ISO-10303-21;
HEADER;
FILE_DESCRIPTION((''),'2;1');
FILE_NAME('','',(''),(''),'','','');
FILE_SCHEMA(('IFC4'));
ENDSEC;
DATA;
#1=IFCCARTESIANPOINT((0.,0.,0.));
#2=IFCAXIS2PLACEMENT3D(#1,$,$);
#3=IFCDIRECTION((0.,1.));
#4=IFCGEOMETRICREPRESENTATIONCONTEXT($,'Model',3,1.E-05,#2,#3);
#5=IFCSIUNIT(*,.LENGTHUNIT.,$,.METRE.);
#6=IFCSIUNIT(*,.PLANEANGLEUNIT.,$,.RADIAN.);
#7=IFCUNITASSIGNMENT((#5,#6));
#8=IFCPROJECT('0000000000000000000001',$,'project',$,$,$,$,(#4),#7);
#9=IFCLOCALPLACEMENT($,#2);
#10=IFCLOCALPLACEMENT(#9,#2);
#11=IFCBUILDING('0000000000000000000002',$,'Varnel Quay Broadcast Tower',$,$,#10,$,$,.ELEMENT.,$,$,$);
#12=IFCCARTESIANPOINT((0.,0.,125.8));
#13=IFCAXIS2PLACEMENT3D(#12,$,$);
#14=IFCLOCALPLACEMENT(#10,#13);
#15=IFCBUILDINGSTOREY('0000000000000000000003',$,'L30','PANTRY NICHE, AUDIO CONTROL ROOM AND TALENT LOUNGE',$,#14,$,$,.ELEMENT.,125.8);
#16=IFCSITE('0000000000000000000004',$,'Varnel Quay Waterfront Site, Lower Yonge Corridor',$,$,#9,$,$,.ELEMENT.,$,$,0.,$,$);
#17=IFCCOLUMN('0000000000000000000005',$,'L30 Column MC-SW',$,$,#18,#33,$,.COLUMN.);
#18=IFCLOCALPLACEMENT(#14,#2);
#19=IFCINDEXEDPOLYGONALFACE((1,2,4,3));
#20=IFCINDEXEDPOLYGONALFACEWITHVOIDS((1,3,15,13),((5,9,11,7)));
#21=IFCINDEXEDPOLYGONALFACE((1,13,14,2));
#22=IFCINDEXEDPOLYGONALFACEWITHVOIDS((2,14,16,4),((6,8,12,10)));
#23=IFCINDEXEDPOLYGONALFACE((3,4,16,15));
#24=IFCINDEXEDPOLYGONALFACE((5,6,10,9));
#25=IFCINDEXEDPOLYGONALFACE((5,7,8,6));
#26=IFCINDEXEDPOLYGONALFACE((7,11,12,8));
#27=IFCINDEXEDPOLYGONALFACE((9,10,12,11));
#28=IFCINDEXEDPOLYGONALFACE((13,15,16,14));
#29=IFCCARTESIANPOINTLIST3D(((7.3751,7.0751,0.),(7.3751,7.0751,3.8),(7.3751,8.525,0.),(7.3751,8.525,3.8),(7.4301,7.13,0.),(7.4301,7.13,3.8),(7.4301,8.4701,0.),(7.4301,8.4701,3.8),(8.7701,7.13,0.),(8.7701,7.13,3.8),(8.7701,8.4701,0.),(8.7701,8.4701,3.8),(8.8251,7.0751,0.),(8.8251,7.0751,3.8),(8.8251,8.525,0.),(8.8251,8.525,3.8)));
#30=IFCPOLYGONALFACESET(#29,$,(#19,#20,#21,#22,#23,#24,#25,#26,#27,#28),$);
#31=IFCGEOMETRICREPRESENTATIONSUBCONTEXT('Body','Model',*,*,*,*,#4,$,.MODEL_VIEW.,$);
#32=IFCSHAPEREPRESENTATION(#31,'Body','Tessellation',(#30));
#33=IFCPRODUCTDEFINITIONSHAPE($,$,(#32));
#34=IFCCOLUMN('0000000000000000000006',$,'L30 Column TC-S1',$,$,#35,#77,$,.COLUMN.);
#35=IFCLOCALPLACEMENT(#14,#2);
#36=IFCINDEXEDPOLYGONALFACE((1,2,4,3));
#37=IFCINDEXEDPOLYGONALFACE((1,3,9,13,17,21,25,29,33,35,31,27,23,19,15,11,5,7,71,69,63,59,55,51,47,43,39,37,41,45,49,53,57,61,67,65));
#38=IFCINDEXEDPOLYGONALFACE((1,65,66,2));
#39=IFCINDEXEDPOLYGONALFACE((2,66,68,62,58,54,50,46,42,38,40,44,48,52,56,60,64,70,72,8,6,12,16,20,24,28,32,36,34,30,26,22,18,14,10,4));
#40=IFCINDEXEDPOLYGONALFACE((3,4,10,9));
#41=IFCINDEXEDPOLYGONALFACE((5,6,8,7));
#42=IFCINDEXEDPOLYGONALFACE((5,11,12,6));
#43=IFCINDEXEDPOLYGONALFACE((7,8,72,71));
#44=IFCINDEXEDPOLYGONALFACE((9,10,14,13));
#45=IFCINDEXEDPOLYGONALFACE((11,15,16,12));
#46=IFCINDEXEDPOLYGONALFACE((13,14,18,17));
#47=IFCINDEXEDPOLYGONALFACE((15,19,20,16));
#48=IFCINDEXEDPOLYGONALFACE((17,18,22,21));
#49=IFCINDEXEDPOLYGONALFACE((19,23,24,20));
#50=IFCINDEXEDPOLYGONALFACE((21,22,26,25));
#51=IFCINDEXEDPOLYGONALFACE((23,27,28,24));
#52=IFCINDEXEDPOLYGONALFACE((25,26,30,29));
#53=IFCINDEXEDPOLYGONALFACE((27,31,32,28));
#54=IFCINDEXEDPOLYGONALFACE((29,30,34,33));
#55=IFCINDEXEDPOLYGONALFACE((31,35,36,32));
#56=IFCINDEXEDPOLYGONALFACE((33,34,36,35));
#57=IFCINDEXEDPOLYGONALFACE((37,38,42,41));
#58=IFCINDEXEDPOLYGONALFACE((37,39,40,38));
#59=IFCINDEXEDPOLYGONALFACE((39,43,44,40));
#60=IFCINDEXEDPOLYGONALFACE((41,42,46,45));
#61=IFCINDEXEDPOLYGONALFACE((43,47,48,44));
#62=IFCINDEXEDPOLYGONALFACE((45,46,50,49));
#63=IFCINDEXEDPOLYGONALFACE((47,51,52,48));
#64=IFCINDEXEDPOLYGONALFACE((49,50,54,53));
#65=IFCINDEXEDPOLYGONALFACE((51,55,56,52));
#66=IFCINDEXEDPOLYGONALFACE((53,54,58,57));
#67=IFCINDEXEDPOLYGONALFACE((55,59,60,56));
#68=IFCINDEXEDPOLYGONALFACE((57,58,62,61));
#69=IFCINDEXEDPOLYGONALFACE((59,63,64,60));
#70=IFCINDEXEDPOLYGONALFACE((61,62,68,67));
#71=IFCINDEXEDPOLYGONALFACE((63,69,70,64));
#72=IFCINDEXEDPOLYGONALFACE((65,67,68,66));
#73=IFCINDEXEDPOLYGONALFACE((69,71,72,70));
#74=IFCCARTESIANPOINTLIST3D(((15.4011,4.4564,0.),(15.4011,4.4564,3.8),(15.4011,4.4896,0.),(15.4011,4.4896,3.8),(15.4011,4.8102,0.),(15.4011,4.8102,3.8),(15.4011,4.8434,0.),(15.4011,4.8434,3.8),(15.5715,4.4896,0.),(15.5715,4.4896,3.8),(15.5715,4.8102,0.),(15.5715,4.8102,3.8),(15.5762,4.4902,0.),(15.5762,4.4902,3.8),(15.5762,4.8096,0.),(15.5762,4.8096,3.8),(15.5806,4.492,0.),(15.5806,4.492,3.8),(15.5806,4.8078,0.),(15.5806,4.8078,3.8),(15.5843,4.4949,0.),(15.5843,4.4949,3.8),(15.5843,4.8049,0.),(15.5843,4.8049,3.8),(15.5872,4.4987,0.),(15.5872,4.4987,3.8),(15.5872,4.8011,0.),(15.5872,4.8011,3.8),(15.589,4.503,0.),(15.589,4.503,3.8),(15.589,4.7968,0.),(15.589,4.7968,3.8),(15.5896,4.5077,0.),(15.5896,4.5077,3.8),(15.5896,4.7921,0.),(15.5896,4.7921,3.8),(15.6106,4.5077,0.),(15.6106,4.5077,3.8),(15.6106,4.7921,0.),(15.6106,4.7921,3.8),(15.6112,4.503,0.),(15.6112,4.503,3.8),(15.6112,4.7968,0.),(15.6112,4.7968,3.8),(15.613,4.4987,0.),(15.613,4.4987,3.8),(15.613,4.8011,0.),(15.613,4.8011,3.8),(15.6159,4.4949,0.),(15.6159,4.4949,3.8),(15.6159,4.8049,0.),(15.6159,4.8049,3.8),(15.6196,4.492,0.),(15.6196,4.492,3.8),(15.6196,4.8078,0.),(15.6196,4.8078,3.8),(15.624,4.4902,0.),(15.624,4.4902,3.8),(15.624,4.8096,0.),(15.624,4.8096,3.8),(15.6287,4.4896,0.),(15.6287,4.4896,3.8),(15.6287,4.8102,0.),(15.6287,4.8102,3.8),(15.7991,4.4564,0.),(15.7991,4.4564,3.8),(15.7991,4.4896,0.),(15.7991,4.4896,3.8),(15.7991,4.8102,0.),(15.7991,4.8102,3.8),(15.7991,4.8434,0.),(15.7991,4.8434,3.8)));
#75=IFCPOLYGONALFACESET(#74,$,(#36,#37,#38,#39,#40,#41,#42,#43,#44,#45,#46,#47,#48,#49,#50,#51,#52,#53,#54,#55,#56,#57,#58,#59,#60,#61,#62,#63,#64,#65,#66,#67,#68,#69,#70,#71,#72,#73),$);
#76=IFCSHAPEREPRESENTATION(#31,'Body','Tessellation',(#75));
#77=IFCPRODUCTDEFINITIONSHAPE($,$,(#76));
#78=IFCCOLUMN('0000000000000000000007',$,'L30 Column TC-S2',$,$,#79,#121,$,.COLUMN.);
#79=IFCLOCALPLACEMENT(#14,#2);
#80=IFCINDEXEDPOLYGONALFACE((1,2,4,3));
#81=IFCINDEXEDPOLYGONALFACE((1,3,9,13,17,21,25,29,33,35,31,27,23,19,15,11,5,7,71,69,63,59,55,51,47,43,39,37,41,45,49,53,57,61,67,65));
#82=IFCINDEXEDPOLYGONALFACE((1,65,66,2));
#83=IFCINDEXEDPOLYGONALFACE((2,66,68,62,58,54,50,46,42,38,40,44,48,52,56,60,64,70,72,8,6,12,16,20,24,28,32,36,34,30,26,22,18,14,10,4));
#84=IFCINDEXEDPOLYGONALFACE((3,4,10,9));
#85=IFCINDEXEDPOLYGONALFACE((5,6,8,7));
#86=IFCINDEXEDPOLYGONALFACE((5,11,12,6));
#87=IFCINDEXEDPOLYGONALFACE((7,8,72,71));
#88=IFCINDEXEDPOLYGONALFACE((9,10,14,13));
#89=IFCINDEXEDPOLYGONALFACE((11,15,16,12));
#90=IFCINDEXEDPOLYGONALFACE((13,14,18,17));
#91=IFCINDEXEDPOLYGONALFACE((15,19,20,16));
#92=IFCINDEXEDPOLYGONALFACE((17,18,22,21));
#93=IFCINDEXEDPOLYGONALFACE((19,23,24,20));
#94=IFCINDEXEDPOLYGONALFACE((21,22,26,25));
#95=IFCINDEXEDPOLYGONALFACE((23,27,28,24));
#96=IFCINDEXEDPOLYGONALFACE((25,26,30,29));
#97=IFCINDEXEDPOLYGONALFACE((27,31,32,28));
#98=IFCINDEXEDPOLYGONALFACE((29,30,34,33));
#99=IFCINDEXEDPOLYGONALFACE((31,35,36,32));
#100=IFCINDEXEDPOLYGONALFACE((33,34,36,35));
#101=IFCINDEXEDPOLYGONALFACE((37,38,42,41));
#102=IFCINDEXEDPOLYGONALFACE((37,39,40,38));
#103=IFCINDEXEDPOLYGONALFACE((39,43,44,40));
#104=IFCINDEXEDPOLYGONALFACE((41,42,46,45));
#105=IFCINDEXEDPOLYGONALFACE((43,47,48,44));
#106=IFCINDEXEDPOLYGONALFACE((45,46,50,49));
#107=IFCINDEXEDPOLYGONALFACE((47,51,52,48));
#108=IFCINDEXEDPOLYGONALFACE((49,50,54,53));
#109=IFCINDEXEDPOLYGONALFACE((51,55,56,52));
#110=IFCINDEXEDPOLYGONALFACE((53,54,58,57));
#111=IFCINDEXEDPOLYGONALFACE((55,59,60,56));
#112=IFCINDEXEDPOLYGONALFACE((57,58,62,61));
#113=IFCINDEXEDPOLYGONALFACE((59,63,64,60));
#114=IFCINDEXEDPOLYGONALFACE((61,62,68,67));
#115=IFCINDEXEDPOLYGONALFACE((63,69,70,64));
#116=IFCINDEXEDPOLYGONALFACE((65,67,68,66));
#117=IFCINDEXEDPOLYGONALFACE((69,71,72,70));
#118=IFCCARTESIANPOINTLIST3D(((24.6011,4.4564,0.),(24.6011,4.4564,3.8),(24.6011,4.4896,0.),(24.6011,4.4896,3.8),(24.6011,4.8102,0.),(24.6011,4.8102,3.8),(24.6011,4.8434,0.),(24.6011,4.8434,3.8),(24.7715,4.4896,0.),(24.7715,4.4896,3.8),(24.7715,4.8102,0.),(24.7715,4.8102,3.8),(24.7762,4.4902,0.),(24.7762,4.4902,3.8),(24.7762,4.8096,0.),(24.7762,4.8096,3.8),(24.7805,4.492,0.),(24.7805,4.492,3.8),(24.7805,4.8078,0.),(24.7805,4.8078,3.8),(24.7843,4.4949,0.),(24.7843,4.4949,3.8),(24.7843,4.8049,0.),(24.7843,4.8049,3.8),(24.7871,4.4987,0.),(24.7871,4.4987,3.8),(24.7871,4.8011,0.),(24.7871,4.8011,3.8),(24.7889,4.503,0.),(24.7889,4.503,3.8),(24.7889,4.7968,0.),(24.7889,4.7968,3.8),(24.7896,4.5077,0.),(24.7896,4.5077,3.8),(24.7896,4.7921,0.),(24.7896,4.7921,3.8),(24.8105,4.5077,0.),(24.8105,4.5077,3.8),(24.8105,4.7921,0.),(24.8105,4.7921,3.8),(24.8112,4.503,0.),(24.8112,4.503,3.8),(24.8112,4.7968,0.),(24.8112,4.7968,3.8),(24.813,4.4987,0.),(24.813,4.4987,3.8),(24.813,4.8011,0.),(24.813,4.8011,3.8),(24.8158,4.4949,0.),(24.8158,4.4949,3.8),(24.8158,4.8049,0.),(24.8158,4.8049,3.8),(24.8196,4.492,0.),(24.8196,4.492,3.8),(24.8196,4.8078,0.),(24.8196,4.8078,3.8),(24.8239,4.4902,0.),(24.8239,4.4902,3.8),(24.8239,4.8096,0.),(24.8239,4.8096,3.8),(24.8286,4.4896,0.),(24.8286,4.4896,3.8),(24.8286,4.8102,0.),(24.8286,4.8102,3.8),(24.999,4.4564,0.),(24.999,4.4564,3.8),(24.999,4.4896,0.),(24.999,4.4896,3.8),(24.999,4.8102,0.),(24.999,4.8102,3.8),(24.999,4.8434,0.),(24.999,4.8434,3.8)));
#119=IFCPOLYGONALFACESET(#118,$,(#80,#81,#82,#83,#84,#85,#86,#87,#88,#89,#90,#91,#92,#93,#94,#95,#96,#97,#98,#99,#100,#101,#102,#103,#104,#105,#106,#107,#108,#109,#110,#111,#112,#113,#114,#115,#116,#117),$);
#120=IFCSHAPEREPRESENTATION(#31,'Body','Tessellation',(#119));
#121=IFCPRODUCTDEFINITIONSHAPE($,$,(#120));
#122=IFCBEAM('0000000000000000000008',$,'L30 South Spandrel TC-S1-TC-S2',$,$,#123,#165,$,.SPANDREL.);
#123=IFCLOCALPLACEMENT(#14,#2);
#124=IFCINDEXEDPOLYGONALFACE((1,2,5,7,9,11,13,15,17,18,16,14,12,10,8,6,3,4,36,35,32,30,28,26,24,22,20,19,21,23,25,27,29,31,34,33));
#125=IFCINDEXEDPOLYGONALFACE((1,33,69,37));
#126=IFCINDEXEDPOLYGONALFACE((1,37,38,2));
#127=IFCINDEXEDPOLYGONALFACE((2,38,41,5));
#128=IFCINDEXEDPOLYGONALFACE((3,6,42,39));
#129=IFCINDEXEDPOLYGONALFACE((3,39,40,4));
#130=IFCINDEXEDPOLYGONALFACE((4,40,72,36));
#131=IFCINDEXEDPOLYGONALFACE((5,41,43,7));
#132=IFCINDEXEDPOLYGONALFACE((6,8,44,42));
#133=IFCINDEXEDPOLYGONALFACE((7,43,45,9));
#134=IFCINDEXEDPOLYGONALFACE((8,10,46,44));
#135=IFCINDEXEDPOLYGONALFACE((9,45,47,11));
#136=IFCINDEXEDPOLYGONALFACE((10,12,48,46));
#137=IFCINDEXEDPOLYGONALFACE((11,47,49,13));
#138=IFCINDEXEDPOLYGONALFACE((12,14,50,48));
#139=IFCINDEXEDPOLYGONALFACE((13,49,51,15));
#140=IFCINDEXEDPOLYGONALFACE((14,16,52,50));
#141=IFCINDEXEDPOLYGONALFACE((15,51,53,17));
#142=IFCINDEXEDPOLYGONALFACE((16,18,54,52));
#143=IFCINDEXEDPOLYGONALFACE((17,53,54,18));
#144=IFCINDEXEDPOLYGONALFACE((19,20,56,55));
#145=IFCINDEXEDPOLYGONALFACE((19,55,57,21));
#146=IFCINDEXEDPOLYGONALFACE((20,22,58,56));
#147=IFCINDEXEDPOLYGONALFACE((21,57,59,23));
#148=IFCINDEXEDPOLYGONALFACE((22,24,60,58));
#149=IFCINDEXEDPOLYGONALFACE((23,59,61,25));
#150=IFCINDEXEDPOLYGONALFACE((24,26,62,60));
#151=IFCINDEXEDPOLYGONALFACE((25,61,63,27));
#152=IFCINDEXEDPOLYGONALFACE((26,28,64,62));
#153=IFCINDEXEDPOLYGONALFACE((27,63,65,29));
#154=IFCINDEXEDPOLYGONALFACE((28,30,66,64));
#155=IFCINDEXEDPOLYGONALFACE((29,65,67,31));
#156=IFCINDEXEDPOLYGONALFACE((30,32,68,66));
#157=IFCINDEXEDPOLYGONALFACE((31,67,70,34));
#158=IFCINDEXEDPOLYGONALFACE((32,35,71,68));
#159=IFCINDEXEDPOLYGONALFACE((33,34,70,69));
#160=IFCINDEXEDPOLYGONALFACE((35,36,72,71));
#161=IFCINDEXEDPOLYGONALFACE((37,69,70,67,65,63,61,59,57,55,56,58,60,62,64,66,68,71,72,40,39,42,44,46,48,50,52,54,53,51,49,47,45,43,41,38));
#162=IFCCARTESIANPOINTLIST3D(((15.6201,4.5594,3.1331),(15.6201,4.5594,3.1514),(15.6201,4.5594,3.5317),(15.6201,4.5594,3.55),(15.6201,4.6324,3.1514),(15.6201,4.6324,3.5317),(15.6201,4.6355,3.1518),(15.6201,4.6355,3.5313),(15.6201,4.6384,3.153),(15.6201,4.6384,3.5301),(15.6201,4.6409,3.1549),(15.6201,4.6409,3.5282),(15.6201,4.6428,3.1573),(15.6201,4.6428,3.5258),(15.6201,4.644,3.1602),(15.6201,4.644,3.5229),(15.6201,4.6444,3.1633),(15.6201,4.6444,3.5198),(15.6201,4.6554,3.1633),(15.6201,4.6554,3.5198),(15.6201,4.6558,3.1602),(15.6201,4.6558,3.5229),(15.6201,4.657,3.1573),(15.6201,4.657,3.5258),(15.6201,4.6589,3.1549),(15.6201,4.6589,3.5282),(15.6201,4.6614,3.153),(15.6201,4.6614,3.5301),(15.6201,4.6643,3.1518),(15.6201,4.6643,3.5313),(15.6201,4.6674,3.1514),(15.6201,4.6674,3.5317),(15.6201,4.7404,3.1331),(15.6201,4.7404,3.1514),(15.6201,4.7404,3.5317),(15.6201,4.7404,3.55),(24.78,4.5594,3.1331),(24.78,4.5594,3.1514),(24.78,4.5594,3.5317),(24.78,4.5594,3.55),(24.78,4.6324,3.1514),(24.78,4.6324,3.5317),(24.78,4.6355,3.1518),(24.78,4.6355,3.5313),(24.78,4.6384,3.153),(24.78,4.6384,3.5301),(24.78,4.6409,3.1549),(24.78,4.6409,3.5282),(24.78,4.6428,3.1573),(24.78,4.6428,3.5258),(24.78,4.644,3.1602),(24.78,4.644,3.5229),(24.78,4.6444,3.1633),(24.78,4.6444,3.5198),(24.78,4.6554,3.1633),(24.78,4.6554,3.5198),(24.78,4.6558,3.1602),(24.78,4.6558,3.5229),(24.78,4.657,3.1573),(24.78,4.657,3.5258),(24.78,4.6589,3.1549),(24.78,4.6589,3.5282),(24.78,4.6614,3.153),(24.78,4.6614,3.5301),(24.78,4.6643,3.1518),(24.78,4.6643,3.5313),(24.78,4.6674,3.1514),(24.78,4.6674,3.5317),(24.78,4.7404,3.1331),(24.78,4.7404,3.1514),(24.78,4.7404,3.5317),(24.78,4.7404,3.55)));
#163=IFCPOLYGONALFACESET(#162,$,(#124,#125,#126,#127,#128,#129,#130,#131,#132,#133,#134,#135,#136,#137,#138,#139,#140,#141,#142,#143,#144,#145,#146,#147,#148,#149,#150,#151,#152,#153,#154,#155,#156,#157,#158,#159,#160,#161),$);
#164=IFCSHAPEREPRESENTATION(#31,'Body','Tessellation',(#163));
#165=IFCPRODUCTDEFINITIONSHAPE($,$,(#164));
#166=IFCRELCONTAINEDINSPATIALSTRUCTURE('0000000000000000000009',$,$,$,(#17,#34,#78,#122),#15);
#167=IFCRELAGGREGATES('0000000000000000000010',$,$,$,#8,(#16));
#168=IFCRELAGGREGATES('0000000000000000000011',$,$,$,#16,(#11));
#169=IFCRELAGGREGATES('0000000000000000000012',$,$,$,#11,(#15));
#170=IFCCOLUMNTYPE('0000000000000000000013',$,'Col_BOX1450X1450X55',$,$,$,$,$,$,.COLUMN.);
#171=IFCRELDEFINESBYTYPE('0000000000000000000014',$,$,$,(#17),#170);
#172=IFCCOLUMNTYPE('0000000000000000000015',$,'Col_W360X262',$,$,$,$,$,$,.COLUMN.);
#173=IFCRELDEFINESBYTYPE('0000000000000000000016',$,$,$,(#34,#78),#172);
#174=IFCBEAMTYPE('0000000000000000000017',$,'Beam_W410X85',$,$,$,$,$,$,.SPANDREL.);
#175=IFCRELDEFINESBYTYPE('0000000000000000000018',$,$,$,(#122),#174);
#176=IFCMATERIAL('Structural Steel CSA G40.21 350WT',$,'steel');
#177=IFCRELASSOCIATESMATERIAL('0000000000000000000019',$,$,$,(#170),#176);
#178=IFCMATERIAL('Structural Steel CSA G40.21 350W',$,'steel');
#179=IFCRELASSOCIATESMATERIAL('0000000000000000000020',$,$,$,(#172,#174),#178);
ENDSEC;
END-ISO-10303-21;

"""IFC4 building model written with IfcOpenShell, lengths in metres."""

from ifc_helpers import new_model, si_unit, direction, frame, origin, origin_2d, place, context, subcontext, project, spatial, hollow_rectangle, i_section, extrude, source, transform, mapped, material, material_profile, profile_set, type_object, type_shapes, element, save


model = new_model("IFC4")

# Units and contexts
model_context = context("Model", 3, precision=1e-05, world=origin(), true_north=direction((0.0, 1.0)))
body_context = subcontext(model_context, "Body", "Model", "MODEL_VIEW")
ifc_project = project(units=[si_unit("LENGTHUNIT", "METRE"), si_unit("PLANEANGLEUNIT", "RADIAN")], contexts=[model_context])

# Site, building, storey
site_placement = place(None, origin())
site = spatial("IfcSite", under=ifc_project, at=site_placement, Name="Varnel Quay Waterfront Site, Lower Yonge Corridor", CompositionType="ELEMENT", RefElevation=0.0)
building_placement = place(site_placement, origin())
building = spatial("IfcBuilding", under=site, at=building_placement, Name="Varnel Quay Broadcast Tower", CompositionType="ELEMENT")
storey_placement = place(building_placement, frame((0.0, 0.0, 125.8)))
storey = spatial("IfcBuildingStorey", under=building, at=storey_placement, Name="L30", Description="PANTRY NICHE, AUDIO CONTROL ROOM AND TALENT LOUNGE", CompositionType="ELEMENT", Elevation=125.8)

# Columns
ifc_material_1 = material(Name="Structural Steel CSA G40.21 350WT", Category="steel")
ifc_material_profile_1 = material_profile(ifc_material_1, hollow_rectangle(XDim=1.45, YDim=1.45, WallThickness=0.0549, at=origin_2d()), Name="BOX1450X1450X55")
ifc_profile_set_1 = profile_set([ifc_material_profile_1], Name="Structural Steel CSA G40.21 350WT")
column_type_1 = type_object("IfcColumnType", Name="Col_BOX1450X1450X55", PredefinedType="COLUMN", material=ifc_profile_set_1)
shared_shape_1 = source(origin(), body_context, "Body", "SweptSolid", [
    extrude(hollow_rectangle(XDim=1.45, YDim=1.45, WallThickness=0.0549, at=origin_2d()), origin(), (0.0, 0.0, 1.0), 3.8),
])
type_shapes(column_type_1, [shared_shape_1])
column_placement = place(storey_placement, frame((8.1001, 7.8, 0.0), z_axis=(0.0, 0.0, 1.0), x_axis=(1.0, 0.0, 0.0)))
element("IfcColumn", 1, at=column_placement, inside=storey, type_object=column_type_1, Name="L30 Column MC-SW", PredefinedType="COLUMN", context=body_context, shape_type="MappedRepresentation", body=[
    mapped(shared_shape_1, transform((0.0, 0.0, 0.0), x_axis=(1.0, 0.0, 0.0), y_axis=(0.0, 1.0, 0.0), z_axis=(0.0, 0.0, 1.0), scale=1.0)),
])
ifc_material_2 = material(Name="Structural Steel CSA G40.21 350W", Category="steel")
ifc_material_profile_2 = material_profile(ifc_material_2, i_section(OverallWidth=0.3979, OverallDepth=0.387, WebThickness=0.021, FlangeThickness=0.0332, FilletRadius=0.0181, at=origin_2d()), Name="W360X262")
ifc_profile_set_2 = profile_set([ifc_material_profile_2], Name="Structural Steel CSA G40.21 350W")
column_type_2 = type_object("IfcColumnType", Name="Col_W360X262", PredefinedType="COLUMN", material=ifc_profile_set_2)
shared_shape_2 = source(origin(), body_context, "Body", "SweptSolid", [
    extrude(i_section(OverallWidth=0.3979, OverallDepth=0.387, WebThickness=0.021, FlangeThickness=0.0332, FilletRadius=0.0181, at=origin_2d()), origin(), (0.0, 0.0, 1.0), 3.8),
])
type_shapes(column_type_2, [shared_shape_2])
for number, where, z_axis, x_axis, name in (
    (2, (15.6001, 4.6499, 0.0), (0.0, 0.0, 1.0), (1.0, 0.0, 0.0), "L30 Column TC-S1"),
    (3, (24.8, 4.6499, 0.0), (0.0, 0.0, 1.0), (1.0, 0.0, 0.0), "L30 Column TC-S2"),
):
    element("IfcColumn", number, at=place(storey_placement, frame(where, z_axis=z_axis, x_axis=x_axis)), inside=storey, type_object=column_type_2, Name=name, PredefinedType="COLUMN", context=body_context, shape_type="MappedRepresentation", body=[
        mapped(shared_shape_2, transform((0.0, 0.0, 0.0), x_axis=(1.0, 0.0, 0.0), y_axis=(0.0, 1.0, 0.0), z_axis=(0.0, 0.0, 1.0), scale=1.0)),
    ])

# Beam
ifc_material_profile_3 = material_profile(ifc_material_2, i_section(OverallWidth=0.1809, OverallDepth=0.417, WebThickness=0.011, FlangeThickness=0.0183, FilletRadius=0.012, at=origin_2d()), Name="W410X85")
ifc_profile_set_3 = profile_set([ifc_material_profile_3], Name="Structural Steel CSA G40.21 350W")
beam_type_1 = type_object("IfcBeamType", Name="Beam_W410X85", PredefinedType="SPANDREL", material=ifc_profile_set_3)
shared_shape_3 = source(origin(), body_context, "Body", "SweptSolid", [
    extrude(i_section(OverallWidth=0.1809, OverallDepth=0.417, WebThickness=0.011, FlangeThickness=0.0183, FilletRadius=0.012, at=origin_2d()), origin(), (0.0, 0.0, 1.0), 9.1599),
])
for number, where, z_axis, x_axis, name in (
    (4, (15.6201, 4.6499, 3.3416), (1.0, 0.0, 0.0), (0.0, 1.0, 0.0), "L30 South Spandrel TC-S1-TC-S2"),
):
    element("IfcBeam", number, at=place(storey_placement, frame(where, z_axis=z_axis, x_axis=x_axis)), inside=storey, type_object=beam_type_1, Name=name, PredefinedType="SPANDREL", context=body_context, shape_type="MappedRepresentation", body=[
        mapped(shared_shape_3, transform((0.0, 0.0, 0.0), x_axis=(1.0, 0.0, 0.0), y_axis=(0.0, 1.0, 0.0), z_axis=(0.0, 0.0, 1.0), scale=1.0)),
    ])

save(model, "model.ifc")
